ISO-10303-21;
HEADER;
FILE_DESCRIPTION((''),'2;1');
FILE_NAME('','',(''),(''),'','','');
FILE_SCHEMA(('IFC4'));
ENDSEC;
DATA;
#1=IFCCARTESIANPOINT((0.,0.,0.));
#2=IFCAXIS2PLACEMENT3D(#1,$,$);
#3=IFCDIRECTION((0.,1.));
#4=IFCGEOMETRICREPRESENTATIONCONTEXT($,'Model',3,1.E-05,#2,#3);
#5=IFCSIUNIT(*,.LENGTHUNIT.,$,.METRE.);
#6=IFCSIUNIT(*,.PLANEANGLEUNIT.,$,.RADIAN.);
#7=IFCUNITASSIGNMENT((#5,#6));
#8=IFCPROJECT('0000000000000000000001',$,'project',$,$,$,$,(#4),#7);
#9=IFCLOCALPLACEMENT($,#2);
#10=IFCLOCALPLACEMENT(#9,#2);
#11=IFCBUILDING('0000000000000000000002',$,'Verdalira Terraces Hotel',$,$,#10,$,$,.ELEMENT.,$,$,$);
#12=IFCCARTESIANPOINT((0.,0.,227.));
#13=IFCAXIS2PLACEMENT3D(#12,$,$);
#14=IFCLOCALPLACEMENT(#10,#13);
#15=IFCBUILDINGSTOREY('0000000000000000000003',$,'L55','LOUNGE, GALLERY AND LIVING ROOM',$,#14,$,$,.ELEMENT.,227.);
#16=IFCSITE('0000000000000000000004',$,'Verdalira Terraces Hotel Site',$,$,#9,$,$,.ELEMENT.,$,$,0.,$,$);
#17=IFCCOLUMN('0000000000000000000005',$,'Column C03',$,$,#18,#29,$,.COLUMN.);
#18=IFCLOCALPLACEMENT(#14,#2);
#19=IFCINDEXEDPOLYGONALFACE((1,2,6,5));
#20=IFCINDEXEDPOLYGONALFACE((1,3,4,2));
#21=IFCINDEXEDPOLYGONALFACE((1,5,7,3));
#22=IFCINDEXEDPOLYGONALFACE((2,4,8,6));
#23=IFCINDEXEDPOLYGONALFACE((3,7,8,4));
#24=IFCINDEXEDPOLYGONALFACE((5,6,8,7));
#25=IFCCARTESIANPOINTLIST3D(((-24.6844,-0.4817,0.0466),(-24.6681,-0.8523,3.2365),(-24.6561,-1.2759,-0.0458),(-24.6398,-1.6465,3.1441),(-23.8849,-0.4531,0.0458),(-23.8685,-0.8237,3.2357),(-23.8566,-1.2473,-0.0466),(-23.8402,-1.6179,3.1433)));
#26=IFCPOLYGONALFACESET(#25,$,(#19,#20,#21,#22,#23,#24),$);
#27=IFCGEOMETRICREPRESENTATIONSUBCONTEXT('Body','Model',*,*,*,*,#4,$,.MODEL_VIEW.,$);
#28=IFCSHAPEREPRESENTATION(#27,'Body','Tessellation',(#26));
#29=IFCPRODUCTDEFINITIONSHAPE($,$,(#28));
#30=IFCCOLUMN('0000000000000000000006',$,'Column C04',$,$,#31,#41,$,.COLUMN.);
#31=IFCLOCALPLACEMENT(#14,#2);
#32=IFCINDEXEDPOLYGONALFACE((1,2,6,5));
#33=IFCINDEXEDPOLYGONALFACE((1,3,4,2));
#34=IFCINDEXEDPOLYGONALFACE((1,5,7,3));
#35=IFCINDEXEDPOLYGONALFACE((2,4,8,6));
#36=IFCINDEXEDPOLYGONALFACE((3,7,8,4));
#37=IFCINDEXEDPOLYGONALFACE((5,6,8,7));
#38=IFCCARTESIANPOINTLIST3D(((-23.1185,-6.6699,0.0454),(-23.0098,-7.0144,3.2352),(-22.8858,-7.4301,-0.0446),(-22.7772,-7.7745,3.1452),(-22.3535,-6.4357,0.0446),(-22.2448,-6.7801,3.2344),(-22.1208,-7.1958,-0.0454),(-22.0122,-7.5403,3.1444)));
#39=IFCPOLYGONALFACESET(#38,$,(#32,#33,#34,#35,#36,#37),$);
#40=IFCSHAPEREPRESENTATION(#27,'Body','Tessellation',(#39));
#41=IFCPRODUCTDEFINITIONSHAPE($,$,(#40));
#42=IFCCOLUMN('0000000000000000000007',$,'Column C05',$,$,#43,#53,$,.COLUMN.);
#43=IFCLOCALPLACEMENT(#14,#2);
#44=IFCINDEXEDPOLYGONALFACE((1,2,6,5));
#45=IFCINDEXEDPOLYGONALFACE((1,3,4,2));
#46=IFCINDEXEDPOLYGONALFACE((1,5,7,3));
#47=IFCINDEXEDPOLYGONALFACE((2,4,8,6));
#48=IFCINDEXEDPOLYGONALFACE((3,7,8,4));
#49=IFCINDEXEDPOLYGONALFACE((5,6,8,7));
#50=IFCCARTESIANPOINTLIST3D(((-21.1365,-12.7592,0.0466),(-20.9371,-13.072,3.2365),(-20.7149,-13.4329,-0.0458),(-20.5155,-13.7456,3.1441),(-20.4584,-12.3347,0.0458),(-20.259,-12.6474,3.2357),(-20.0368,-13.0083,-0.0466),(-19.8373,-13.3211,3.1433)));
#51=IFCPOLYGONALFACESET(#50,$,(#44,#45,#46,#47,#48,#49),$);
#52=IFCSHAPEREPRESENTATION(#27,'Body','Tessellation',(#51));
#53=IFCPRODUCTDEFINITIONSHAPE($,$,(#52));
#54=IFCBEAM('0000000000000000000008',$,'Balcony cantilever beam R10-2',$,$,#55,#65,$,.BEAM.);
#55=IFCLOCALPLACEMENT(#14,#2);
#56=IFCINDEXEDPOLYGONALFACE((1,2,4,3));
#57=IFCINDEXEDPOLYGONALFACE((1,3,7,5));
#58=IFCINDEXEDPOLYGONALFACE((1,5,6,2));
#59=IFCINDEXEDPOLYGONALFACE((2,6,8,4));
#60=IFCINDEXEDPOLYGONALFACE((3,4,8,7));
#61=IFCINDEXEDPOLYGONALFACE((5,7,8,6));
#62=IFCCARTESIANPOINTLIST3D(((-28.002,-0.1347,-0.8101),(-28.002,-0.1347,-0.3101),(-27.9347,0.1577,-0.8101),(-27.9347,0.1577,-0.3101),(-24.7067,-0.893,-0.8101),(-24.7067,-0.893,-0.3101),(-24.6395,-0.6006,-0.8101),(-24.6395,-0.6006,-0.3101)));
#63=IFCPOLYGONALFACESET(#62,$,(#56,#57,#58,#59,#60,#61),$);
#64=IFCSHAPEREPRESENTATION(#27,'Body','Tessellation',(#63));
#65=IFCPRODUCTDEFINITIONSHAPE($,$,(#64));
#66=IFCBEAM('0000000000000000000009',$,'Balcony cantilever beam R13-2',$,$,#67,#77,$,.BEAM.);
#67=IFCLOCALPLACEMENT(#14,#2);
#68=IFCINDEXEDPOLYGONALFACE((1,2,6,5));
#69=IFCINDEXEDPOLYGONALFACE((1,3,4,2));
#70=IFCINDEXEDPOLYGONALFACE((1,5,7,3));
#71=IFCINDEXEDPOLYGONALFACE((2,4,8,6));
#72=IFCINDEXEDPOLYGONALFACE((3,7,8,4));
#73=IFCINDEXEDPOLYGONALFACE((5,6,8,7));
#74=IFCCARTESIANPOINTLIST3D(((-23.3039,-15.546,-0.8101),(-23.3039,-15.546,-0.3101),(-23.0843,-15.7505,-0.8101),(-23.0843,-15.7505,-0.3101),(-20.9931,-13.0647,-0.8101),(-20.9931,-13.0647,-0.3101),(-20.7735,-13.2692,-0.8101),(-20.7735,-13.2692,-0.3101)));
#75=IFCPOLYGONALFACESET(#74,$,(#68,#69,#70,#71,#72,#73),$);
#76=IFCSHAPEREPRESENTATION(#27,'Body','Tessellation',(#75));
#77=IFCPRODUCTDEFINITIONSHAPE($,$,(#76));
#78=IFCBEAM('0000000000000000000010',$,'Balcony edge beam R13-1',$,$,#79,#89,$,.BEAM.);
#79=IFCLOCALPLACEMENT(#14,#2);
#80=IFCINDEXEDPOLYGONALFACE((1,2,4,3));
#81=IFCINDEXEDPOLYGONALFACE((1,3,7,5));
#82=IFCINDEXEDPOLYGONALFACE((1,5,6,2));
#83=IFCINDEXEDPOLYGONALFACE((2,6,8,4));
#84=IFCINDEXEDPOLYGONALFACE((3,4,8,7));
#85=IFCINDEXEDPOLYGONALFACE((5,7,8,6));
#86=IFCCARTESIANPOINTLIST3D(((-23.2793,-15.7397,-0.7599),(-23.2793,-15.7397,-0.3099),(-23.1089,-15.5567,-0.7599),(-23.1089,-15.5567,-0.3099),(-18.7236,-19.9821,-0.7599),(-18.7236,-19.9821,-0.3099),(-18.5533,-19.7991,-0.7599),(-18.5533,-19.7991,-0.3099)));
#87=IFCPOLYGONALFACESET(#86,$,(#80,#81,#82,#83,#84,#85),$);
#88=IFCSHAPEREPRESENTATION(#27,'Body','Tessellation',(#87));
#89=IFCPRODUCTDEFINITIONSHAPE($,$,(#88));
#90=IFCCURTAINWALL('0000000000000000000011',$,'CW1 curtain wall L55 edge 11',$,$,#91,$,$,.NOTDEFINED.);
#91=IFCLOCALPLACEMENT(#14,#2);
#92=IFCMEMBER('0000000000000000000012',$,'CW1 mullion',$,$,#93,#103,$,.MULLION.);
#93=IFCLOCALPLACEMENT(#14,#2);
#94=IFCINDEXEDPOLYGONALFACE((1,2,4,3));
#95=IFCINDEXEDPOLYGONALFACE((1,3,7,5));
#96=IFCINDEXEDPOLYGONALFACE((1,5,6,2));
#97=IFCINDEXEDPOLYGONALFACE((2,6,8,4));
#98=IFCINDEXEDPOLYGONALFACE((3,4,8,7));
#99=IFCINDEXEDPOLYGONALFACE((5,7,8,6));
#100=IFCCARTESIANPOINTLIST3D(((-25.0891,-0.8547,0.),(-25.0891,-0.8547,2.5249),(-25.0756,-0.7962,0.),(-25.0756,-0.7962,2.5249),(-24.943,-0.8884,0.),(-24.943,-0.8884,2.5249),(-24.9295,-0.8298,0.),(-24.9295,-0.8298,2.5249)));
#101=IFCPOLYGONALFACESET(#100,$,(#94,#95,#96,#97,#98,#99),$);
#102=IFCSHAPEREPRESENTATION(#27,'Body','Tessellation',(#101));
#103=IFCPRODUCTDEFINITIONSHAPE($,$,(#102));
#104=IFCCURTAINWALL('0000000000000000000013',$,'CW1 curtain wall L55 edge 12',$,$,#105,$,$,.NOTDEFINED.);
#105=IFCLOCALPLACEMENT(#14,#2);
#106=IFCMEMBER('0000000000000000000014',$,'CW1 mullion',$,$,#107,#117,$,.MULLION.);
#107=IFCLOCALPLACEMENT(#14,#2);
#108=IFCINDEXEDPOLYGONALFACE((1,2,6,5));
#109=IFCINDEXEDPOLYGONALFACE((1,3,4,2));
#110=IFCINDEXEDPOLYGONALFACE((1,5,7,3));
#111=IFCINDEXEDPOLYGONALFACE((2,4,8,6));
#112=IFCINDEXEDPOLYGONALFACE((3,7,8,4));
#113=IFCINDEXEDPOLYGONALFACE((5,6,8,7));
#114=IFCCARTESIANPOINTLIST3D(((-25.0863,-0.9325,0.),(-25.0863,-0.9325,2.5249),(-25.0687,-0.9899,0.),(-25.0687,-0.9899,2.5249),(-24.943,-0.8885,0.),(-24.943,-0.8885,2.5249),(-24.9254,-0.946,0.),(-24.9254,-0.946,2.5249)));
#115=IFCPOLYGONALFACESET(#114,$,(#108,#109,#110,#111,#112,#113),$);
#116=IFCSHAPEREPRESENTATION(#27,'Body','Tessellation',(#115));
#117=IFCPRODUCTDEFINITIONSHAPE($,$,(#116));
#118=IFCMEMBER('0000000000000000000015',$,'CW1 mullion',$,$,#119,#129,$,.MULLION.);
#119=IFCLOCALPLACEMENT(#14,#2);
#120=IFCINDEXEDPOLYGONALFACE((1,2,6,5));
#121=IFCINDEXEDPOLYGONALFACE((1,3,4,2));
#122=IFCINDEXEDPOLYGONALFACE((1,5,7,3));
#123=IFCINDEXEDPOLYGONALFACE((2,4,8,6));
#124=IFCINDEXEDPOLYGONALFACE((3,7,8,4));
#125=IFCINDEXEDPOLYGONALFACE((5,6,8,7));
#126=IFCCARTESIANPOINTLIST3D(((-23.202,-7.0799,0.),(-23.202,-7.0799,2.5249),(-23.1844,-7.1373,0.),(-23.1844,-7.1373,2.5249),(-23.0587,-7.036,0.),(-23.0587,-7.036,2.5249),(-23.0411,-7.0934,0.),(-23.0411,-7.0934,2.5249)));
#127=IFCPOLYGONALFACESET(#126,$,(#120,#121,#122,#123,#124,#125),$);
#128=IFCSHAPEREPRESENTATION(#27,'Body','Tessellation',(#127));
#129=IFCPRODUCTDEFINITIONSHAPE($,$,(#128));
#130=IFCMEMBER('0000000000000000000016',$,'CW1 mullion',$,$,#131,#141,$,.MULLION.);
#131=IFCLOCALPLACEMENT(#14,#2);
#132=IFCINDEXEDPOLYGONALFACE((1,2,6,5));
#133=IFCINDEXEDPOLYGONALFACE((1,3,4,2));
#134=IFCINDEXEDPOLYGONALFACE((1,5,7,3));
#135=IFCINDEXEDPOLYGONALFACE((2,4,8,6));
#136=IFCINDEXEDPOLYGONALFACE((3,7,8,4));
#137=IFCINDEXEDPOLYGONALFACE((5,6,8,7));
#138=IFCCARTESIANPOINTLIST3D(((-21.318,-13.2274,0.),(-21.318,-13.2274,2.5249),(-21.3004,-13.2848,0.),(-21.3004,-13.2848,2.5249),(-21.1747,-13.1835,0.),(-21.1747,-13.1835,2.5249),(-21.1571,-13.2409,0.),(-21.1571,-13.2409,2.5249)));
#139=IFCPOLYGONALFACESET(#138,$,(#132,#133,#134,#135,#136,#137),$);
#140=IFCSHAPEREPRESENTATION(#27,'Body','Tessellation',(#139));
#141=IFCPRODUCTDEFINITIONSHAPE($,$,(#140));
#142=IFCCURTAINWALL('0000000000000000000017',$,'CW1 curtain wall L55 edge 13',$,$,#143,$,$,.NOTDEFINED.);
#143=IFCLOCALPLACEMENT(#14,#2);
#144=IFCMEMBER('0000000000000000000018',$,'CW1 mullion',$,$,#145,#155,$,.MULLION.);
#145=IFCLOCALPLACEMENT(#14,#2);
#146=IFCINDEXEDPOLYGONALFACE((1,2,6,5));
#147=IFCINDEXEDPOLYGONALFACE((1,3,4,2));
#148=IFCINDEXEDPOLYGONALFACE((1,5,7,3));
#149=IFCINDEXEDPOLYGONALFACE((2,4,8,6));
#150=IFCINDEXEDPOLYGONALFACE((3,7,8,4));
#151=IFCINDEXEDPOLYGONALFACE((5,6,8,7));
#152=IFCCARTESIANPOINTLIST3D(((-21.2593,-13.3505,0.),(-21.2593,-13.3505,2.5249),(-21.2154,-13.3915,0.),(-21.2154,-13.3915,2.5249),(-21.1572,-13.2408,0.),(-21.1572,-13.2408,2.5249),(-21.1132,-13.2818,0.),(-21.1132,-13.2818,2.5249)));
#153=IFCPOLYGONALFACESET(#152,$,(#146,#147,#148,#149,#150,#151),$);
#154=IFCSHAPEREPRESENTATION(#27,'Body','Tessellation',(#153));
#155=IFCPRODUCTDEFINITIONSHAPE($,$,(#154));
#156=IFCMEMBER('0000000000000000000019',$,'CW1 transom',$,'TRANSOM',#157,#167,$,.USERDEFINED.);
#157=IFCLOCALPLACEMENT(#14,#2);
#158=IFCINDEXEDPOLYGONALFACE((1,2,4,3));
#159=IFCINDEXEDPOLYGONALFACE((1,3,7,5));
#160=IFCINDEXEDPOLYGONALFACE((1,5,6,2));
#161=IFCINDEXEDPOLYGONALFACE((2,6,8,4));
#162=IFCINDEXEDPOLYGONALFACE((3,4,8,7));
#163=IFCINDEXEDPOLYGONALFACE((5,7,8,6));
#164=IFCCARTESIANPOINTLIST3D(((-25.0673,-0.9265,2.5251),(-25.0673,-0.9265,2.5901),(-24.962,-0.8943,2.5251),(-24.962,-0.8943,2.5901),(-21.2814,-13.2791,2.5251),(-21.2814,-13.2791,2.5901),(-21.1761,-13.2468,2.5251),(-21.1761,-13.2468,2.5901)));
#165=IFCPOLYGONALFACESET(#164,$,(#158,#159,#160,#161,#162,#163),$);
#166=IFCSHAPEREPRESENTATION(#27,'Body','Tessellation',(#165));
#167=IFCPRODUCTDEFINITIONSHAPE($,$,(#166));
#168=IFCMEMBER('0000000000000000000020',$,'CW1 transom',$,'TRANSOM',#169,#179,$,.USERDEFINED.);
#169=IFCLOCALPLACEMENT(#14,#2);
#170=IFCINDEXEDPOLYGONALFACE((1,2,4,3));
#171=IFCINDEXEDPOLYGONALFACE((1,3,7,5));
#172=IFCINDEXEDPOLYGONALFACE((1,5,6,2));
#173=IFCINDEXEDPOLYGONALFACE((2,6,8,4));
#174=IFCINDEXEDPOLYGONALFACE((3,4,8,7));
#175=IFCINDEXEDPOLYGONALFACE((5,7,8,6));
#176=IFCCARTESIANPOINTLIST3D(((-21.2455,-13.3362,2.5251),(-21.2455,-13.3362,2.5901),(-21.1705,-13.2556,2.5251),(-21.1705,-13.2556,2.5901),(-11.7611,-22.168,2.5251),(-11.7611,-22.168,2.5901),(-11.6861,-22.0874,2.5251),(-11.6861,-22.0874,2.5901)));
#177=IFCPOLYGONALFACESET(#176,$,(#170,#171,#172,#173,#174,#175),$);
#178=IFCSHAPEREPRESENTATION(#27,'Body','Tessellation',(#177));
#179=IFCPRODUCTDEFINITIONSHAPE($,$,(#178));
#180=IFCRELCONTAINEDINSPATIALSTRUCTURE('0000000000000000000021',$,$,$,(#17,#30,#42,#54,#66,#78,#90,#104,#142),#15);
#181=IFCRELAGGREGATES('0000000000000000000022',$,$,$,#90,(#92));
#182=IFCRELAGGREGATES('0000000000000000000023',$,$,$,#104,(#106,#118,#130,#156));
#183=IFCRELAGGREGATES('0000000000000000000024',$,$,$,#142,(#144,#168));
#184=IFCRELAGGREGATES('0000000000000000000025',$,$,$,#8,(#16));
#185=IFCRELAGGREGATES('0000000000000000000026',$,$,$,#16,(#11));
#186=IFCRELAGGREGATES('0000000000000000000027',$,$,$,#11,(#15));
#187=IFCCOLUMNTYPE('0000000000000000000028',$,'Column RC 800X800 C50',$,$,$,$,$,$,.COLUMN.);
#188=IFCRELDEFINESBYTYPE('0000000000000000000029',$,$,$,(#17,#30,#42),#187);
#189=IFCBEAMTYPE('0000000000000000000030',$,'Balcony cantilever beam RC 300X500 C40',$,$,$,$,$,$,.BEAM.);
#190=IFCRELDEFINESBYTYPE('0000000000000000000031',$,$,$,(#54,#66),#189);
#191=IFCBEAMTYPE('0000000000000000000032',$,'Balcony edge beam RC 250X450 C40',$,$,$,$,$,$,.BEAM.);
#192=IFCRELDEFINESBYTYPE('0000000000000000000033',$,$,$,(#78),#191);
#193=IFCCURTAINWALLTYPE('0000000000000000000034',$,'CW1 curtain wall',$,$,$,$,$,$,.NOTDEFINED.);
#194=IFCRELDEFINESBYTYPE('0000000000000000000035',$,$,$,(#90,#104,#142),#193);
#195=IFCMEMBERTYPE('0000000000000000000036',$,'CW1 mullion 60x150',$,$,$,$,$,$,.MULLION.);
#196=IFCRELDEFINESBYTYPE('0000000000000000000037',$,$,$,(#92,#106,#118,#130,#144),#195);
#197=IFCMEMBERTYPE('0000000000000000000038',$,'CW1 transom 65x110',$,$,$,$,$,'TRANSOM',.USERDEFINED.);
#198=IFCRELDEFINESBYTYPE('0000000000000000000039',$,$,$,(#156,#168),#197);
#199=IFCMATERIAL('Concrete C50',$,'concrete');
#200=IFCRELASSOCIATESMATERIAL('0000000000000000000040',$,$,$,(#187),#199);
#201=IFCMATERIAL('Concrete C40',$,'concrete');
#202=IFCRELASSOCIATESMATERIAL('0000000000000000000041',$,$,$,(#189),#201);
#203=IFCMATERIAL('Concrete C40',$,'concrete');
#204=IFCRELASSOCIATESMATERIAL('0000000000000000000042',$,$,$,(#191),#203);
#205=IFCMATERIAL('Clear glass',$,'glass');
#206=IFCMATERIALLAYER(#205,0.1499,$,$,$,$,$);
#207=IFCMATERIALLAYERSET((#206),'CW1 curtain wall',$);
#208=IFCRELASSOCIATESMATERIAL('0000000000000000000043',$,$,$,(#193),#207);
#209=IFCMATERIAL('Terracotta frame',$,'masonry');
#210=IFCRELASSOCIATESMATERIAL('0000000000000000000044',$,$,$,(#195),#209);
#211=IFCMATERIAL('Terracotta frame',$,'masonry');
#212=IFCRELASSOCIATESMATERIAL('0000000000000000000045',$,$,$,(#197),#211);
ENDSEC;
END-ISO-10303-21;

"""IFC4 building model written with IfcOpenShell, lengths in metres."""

from ifc_helpers import new_model, si_unit, direction, frame, origin, origin_2d, place, context, subcontext, project, spatial, rectangle, extrude, material, layer, layer_set, material_profile, profile_set, type_object, element, aggregate, save


model = new_model("IFC4")

# Units and contexts
model_context = context("Model", 3, precision=1e-05, world=origin(), true_north=direction((0.0, 1.0)))
body_context = subcontext(model_context, "Body", "Model", "MODEL_VIEW")
ifc_project = project(units=[si_unit("LENGTHUNIT", "METRE"), si_unit("PLANEANGLEUNIT", "RADIAN")], contexts=[model_context])

# Site, building, storey
site_placement = place(None, origin())
site = spatial("IfcSite", under=ifc_project, at=site_placement, Name="Verdalira Terraces Hotel Site", CompositionType="ELEMENT", RefElevation=0.0)
building_placement = place(site_placement, origin())
building = spatial("IfcBuilding", under=site, at=building_placement, Name="Verdalira Terraces Hotel", CompositionType="ELEMENT")
storey_placement = place(building_placement, frame((0.0, 0.0, 227.0)))
storey = spatial("IfcBuildingStorey", under=building, at=storey_placement, Name="L55", Description="LOUNGE, GALLERY AND LIVING ROOM", CompositionType="ELEMENT", Elevation=227.0)

# Columns
ifc_material_1 = material(Name="Concrete C50", Category="concrete")
ifc_material_profile_1 = material_profile(ifc_material_1, rectangle(XDim=0.8, YDim=0.8, at=origin_2d()), Name="RC 800X800")
ifc_profile_set_1 = profile_set([ifc_material_profile_1], Name="Concrete C50")
column_type = type_object("IfcColumnType", Name="Column RC 800X800 C50", PredefinedType="COLUMN", material=ifc_profile_set_1)
column_1_placement = place(storey_placement, frame((-24.2705, -0.8645, 0.0), z_axis=(0.005093, -0.115402, 0.993306), x_axis=(-0.035372, 0.992676, 0.11551)))
element("IfcColumn", 1, at=column_1_placement, inside=storey, type_object=column_type, Name="Column C03", PredefinedType="COLUMN", context=body_context, shape_type="SweptSolid", body=[
    extrude(rectangle(XDim=0.8, YDim=0.8, at=origin_2d()), origin(), (0.0, 0.0, 1.0), 3.2114),
])
column_2_placement = place(storey_placement, frame((-22.6196, -6.9329, 0.0), z_axis=(0.033842, -0.107304, 0.99365), x_axis=(0.290814, -0.950141, -0.11251)))
element("IfcColumn", 2, at=column_2_placement, inside=storey, type_object=column_type, Name="Column C04", PredefinedType="COLUMN", context=body_context, shape_type="SweptSolid", body=[
    extrude(rectangle(XDim=0.8, YDim=0.8, at=origin_2d()), origin(), (0.0, 0.0, 1.0), 3.2102),
])
column_3_placement = place(storey_placement, frame((-20.5867, -12.8838, 0.0), z_axis=(0.06211, -0.097385, 0.993307), x_axis=(-0.526999, 0.841981, 0.115501)))
element("IfcColumn", 3, at=column_3_placement, inside=storey, type_object=column_type, Name="Column C05", PredefinedType="COLUMN", context=body_context, shape_type="SweptSolid", body=[
    extrude(rectangle(XDim=0.8, YDim=0.8, at=origin_2d()), origin(), (0.0, 0.0, 1.0), 3.2114),
])

# Beams
ifc_material_2 = material(Name="Concrete C40", Category="concrete")
ifc_material_profile_2 = material_profile(ifc_material_2, rectangle(XDim=0.3, YDim=0.5, at=origin_2d()), Name="RC 300X500")
ifc_profile_set_2 = profile_set([ifc_material_profile_2], Name="Concrete C40")
beam_type_1 = type_object("IfcBeamType", Name="Balcony cantilever beam RC 300X500 C40", PredefinedType="BEAM", material=ifc_profile_set_2)
beam_1_placement = place(storey_placement, frame((-24.6731, -0.7468, -0.5601), z_axis=(-0.974529, 0.224264, 0.0), x_axis=(-0.224264, -0.974529, 0.0)))
element("IfcBeam", 4, at=beam_1_placement, inside=storey, type_object=beam_type_1, Name="Balcony cantilever beam R10-2", PredefinedType="BEAM", context=body_context, shape_type="SweptSolid", body=[
    extrude(rectangle(XDim=0.3, YDim=0.5, at=origin_2d()), origin(), (0.0, 0.0, 1.0), 3.3813),
])
beam_2_placement = place(storey_placement, frame((-20.8833, -13.167, -0.5601), z_axis=(-0.68153, -0.73179, 0.0), x_axis=(0.73179, -0.68153, 0.0)))
element("IfcBeam", 5, at=beam_2_placement, inside=storey, type_object=beam_type_1, Name="Balcony cantilever beam R13-2", PredefinedType="BEAM", context=body_context, shape_type="SweptSolid", body=[
    extrude(rectangle(XDim=0.3, YDim=0.5, at=origin_2d()), origin(), (0.0, 0.0, 1.0), 3.3906),
])
ifc_material_3 = material(Name="Concrete C40", Category="concrete")
ifc_material_profile_3 = material_profile(ifc_material_3, rectangle(XDim=0.25, YDim=0.45, at=origin_2d()), Name="RC 250X450")
ifc_profile_set_3 = profile_set([ifc_material_profile_3], Name="Concrete C40")
beam_type_2 = type_object("IfcBeamType", Name="Balcony edge beam RC 250X450 C40", PredefinedType="BEAM", material=ifc_profile_set_3)
beam_3_placement = place(storey_placement, frame((-23.1941, -15.6482, -0.5349), z_axis=(0.731818, -0.6815, 0.0), x_axis=(0.6815, 0.731818, 0.0)))
element("IfcBeam", 6, at=beam_3_placement, inside=storey, type_object=beam_type_2, Name="Balcony edge beam R13-1", PredefinedType="BEAM", context=body_context, shape_type="SweptSolid", body=[
    extrude(rectangle(XDim=0.25, YDim=0.45, at=origin_2d()), origin(), (0.0, 0.0, 1.0), 6.2251),
])

# Curtain wall, member
ifc_material_4 = material(Name="Clear glass", Category="glass")
ifc_layer_1 = layer(ifc_material_4, 0.1499)
ifc_layer_set_1 = layer_set([ifc_layer_1], Name="CW1 curtain wall")
curtain_wall_type = type_object("IfcCurtainWallType", Name="CW1 curtain wall", PredefinedType="NOTDEFINED", material=ifc_layer_set_1)
curtain_wall_1_placement = place(storey_placement, origin())
curtain_wall_1 = element("IfcCurtainWall", 7, at=curtain_wall_1_placement, inside=storey, type_object=curtain_wall_type, Name="CW1 curtain wall L55 edge 11", PredefinedType="NOTDEFINED")
ifc_material_5 = material(Name="Terracotta frame", Category="masonry")
ifc_material_profile_4 = material_profile(ifc_material_5, rectangle(XDim=0.0601, YDim=0.1499, at=origin_2d()), Name="MU 60x150")
ifc_profile_set_4 = profile_set([ifc_material_profile_4], Name="Terracotta frame")
member_type_1 = type_object("IfcMemberType", Name="CW1 mullion 60x150", PredefinedType="MULLION", material=ifc_profile_set_4)
member_1_placement = place(storey_placement, frame((-25.0093, -0.8423, 0.0), z_axis=(0.0, 0.0, 1.0), x_axis=(-0.224271, -0.974527, 0.0)))
member_1 = element("IfcMember", 8, at=member_1_placement, type_object=member_type_1, Name="CW1 mullion", PredefinedType="MULLION", context=body_context, shape_type="SweptSolid", body=[
    extrude(rectangle(XDim=0.0601, YDim=0.1499, at=origin_2d()), origin(), (0.0, 0.0, 1.0), 2.5249),
])
aggregate(curtain_wall_1, [member_1])

# Curtain wall, members
curtain_wall_2_placement = place(storey_placement, origin())
curtain_wall_2 = element("IfcCurtainWall", 9, at=curtain_wall_2_placement, inside=storey, type_object=curtain_wall_type, Name="CW1 curtain wall L55 edge 12", PredefinedType="NOTDEFINED")
member_2_placement = place(storey_placement, frame((-25.0059, -0.9392, 0.0), z_axis=(0.0, 0.0, 1.0), x_axis=(0.293039, -0.9561, 0.0)))
member_2 = element("IfcMember", 10, at=member_2_placement, type_object=member_type_1, Name="CW1 mullion", PredefinedType="MULLION", context=body_context, shape_type="SweptSolid", body=[
    extrude(rectangle(XDim=0.0601, YDim=0.1499, at=origin_2d()), origin(), (0.0, 0.0, 1.0), 2.5249),
])
member_3_placement = place(storey_placement, frame((-23.1216, -7.0867, 0.0), z_axis=(0.0, 0.0, 1.0), x_axis=(0.293039, -0.9561, 0.0)))
member_3 = element("IfcMember", 11, at=member_3_placement, type_object=member_type_1, Name="CW1 mullion", PredefinedType="MULLION", context=body_context, shape_type="SweptSolid", body=[
    extrude(rectangle(XDim=0.0601, YDim=0.1499, at=origin_2d()), origin(), (0.0, 0.0, 1.0), 2.5249),
])
member_4_placement = place(storey_placement, frame((-21.2375, -13.2341, 0.0), z_axis=(0.0, 0.0, 1.0), x_axis=(0.293039, -0.9561, 0.0)))
member_4 = element("IfcMember", 12, at=member_4_placement, type_object=member_type_1, Name="CW1 mullion", PredefinedType="MULLION", context=body_context, shape_type="SweptSolid", body=[
    extrude(rectangle(XDim=0.0601, YDim=0.1499, at=origin_2d()), origin(), (0.0, 0.0, 1.0), 2.5249),
])

# Curtain wall, member
curtain_wall_3_placement = place(storey_placement, origin())
curtain_wall_3 = element("IfcCurtainWall", 13, at=curtain_wall_3_placement, inside=storey, type_object=curtain_wall_type, Name="CW1 curtain wall L55 edge 13", PredefinedType="NOTDEFINED")
member_5_placement = place(storey_placement, frame((-21.1863, -13.3162, 0.0), z_axis=(0.0, 0.0, 1.0), x_axis=(0.73183, -0.681488, 0.0)))
member_5 = element("IfcMember", 14, at=member_5_placement, type_object=member_type_1, Name="CW1 mullion", PredefinedType="MULLION", context=body_context, shape_type="SweptSolid", body=[
    extrude(rectangle(XDim=0.0601, YDim=0.1499, at=origin_2d()), origin(), (0.0, 0.0, 1.0), 2.5249),
])

# Members
ifc_material_6 = material(Name="Terracotta frame", Category="masonry")
ifc_material_profile_5 = material_profile(ifc_material_6, rectangle(XDim=0.1101, YDim=0.0649, at=origin_2d()), Name="TR 65x110")
ifc_profile_set_5 = profile_set([ifc_material_profile_5], Name="Terracotta frame")
member_type_2 = type_object("IfcMemberType", Name="CW1 transom 65x110", ElementType="TRANSOM", PredefinedType="USERDEFINED", material=ifc_profile_set_5)
member_6_placement = place(storey_placement, frame((-25.0146, -0.9104, 2.5576), z_axis=(0.293033, -0.956102, 0.0), x_axis=(0.956102, 0.293033, 0.0)))
member_6 = element("IfcMember", 15, at=member_6_placement, type_object=member_type_2, Name="CW1 transom", ObjectType="TRANSOM", PredefinedType="USERDEFINED", context=body_context, shape_type="SweptSolid", body=[
    extrude(rectangle(XDim=0.1101, YDim=0.0649, at=origin_2d()), origin(), (0.0, 0.0, 1.0), 12.9197),
])
member_7_placement = place(storey_placement, frame((-21.208, -13.2959, 2.5576), z_axis=(0.731836, -0.681481, 0.0), x_axis=(0.681481, 0.731836, 0.0)))
member_7 = element("IfcMember", 16, at=member_7_placement, type_object=member_type_2, Name="CW1 transom", ObjectType="TRANSOM", PredefinedType="USERDEFINED", context=body_context, shape_type="SweptSolid", body=[
    extrude(rectangle(XDim=0.1101, YDim=0.0649, at=origin_2d()), origin(), (0.0, 0.0, 1.0), 12.9597),
])

aggregate(curtain_wall_2, [member_2, member_3, member_4, member_6])
aggregate(curtain_wall_3, [member_5, member_7])

save(model, "model.ifc")
